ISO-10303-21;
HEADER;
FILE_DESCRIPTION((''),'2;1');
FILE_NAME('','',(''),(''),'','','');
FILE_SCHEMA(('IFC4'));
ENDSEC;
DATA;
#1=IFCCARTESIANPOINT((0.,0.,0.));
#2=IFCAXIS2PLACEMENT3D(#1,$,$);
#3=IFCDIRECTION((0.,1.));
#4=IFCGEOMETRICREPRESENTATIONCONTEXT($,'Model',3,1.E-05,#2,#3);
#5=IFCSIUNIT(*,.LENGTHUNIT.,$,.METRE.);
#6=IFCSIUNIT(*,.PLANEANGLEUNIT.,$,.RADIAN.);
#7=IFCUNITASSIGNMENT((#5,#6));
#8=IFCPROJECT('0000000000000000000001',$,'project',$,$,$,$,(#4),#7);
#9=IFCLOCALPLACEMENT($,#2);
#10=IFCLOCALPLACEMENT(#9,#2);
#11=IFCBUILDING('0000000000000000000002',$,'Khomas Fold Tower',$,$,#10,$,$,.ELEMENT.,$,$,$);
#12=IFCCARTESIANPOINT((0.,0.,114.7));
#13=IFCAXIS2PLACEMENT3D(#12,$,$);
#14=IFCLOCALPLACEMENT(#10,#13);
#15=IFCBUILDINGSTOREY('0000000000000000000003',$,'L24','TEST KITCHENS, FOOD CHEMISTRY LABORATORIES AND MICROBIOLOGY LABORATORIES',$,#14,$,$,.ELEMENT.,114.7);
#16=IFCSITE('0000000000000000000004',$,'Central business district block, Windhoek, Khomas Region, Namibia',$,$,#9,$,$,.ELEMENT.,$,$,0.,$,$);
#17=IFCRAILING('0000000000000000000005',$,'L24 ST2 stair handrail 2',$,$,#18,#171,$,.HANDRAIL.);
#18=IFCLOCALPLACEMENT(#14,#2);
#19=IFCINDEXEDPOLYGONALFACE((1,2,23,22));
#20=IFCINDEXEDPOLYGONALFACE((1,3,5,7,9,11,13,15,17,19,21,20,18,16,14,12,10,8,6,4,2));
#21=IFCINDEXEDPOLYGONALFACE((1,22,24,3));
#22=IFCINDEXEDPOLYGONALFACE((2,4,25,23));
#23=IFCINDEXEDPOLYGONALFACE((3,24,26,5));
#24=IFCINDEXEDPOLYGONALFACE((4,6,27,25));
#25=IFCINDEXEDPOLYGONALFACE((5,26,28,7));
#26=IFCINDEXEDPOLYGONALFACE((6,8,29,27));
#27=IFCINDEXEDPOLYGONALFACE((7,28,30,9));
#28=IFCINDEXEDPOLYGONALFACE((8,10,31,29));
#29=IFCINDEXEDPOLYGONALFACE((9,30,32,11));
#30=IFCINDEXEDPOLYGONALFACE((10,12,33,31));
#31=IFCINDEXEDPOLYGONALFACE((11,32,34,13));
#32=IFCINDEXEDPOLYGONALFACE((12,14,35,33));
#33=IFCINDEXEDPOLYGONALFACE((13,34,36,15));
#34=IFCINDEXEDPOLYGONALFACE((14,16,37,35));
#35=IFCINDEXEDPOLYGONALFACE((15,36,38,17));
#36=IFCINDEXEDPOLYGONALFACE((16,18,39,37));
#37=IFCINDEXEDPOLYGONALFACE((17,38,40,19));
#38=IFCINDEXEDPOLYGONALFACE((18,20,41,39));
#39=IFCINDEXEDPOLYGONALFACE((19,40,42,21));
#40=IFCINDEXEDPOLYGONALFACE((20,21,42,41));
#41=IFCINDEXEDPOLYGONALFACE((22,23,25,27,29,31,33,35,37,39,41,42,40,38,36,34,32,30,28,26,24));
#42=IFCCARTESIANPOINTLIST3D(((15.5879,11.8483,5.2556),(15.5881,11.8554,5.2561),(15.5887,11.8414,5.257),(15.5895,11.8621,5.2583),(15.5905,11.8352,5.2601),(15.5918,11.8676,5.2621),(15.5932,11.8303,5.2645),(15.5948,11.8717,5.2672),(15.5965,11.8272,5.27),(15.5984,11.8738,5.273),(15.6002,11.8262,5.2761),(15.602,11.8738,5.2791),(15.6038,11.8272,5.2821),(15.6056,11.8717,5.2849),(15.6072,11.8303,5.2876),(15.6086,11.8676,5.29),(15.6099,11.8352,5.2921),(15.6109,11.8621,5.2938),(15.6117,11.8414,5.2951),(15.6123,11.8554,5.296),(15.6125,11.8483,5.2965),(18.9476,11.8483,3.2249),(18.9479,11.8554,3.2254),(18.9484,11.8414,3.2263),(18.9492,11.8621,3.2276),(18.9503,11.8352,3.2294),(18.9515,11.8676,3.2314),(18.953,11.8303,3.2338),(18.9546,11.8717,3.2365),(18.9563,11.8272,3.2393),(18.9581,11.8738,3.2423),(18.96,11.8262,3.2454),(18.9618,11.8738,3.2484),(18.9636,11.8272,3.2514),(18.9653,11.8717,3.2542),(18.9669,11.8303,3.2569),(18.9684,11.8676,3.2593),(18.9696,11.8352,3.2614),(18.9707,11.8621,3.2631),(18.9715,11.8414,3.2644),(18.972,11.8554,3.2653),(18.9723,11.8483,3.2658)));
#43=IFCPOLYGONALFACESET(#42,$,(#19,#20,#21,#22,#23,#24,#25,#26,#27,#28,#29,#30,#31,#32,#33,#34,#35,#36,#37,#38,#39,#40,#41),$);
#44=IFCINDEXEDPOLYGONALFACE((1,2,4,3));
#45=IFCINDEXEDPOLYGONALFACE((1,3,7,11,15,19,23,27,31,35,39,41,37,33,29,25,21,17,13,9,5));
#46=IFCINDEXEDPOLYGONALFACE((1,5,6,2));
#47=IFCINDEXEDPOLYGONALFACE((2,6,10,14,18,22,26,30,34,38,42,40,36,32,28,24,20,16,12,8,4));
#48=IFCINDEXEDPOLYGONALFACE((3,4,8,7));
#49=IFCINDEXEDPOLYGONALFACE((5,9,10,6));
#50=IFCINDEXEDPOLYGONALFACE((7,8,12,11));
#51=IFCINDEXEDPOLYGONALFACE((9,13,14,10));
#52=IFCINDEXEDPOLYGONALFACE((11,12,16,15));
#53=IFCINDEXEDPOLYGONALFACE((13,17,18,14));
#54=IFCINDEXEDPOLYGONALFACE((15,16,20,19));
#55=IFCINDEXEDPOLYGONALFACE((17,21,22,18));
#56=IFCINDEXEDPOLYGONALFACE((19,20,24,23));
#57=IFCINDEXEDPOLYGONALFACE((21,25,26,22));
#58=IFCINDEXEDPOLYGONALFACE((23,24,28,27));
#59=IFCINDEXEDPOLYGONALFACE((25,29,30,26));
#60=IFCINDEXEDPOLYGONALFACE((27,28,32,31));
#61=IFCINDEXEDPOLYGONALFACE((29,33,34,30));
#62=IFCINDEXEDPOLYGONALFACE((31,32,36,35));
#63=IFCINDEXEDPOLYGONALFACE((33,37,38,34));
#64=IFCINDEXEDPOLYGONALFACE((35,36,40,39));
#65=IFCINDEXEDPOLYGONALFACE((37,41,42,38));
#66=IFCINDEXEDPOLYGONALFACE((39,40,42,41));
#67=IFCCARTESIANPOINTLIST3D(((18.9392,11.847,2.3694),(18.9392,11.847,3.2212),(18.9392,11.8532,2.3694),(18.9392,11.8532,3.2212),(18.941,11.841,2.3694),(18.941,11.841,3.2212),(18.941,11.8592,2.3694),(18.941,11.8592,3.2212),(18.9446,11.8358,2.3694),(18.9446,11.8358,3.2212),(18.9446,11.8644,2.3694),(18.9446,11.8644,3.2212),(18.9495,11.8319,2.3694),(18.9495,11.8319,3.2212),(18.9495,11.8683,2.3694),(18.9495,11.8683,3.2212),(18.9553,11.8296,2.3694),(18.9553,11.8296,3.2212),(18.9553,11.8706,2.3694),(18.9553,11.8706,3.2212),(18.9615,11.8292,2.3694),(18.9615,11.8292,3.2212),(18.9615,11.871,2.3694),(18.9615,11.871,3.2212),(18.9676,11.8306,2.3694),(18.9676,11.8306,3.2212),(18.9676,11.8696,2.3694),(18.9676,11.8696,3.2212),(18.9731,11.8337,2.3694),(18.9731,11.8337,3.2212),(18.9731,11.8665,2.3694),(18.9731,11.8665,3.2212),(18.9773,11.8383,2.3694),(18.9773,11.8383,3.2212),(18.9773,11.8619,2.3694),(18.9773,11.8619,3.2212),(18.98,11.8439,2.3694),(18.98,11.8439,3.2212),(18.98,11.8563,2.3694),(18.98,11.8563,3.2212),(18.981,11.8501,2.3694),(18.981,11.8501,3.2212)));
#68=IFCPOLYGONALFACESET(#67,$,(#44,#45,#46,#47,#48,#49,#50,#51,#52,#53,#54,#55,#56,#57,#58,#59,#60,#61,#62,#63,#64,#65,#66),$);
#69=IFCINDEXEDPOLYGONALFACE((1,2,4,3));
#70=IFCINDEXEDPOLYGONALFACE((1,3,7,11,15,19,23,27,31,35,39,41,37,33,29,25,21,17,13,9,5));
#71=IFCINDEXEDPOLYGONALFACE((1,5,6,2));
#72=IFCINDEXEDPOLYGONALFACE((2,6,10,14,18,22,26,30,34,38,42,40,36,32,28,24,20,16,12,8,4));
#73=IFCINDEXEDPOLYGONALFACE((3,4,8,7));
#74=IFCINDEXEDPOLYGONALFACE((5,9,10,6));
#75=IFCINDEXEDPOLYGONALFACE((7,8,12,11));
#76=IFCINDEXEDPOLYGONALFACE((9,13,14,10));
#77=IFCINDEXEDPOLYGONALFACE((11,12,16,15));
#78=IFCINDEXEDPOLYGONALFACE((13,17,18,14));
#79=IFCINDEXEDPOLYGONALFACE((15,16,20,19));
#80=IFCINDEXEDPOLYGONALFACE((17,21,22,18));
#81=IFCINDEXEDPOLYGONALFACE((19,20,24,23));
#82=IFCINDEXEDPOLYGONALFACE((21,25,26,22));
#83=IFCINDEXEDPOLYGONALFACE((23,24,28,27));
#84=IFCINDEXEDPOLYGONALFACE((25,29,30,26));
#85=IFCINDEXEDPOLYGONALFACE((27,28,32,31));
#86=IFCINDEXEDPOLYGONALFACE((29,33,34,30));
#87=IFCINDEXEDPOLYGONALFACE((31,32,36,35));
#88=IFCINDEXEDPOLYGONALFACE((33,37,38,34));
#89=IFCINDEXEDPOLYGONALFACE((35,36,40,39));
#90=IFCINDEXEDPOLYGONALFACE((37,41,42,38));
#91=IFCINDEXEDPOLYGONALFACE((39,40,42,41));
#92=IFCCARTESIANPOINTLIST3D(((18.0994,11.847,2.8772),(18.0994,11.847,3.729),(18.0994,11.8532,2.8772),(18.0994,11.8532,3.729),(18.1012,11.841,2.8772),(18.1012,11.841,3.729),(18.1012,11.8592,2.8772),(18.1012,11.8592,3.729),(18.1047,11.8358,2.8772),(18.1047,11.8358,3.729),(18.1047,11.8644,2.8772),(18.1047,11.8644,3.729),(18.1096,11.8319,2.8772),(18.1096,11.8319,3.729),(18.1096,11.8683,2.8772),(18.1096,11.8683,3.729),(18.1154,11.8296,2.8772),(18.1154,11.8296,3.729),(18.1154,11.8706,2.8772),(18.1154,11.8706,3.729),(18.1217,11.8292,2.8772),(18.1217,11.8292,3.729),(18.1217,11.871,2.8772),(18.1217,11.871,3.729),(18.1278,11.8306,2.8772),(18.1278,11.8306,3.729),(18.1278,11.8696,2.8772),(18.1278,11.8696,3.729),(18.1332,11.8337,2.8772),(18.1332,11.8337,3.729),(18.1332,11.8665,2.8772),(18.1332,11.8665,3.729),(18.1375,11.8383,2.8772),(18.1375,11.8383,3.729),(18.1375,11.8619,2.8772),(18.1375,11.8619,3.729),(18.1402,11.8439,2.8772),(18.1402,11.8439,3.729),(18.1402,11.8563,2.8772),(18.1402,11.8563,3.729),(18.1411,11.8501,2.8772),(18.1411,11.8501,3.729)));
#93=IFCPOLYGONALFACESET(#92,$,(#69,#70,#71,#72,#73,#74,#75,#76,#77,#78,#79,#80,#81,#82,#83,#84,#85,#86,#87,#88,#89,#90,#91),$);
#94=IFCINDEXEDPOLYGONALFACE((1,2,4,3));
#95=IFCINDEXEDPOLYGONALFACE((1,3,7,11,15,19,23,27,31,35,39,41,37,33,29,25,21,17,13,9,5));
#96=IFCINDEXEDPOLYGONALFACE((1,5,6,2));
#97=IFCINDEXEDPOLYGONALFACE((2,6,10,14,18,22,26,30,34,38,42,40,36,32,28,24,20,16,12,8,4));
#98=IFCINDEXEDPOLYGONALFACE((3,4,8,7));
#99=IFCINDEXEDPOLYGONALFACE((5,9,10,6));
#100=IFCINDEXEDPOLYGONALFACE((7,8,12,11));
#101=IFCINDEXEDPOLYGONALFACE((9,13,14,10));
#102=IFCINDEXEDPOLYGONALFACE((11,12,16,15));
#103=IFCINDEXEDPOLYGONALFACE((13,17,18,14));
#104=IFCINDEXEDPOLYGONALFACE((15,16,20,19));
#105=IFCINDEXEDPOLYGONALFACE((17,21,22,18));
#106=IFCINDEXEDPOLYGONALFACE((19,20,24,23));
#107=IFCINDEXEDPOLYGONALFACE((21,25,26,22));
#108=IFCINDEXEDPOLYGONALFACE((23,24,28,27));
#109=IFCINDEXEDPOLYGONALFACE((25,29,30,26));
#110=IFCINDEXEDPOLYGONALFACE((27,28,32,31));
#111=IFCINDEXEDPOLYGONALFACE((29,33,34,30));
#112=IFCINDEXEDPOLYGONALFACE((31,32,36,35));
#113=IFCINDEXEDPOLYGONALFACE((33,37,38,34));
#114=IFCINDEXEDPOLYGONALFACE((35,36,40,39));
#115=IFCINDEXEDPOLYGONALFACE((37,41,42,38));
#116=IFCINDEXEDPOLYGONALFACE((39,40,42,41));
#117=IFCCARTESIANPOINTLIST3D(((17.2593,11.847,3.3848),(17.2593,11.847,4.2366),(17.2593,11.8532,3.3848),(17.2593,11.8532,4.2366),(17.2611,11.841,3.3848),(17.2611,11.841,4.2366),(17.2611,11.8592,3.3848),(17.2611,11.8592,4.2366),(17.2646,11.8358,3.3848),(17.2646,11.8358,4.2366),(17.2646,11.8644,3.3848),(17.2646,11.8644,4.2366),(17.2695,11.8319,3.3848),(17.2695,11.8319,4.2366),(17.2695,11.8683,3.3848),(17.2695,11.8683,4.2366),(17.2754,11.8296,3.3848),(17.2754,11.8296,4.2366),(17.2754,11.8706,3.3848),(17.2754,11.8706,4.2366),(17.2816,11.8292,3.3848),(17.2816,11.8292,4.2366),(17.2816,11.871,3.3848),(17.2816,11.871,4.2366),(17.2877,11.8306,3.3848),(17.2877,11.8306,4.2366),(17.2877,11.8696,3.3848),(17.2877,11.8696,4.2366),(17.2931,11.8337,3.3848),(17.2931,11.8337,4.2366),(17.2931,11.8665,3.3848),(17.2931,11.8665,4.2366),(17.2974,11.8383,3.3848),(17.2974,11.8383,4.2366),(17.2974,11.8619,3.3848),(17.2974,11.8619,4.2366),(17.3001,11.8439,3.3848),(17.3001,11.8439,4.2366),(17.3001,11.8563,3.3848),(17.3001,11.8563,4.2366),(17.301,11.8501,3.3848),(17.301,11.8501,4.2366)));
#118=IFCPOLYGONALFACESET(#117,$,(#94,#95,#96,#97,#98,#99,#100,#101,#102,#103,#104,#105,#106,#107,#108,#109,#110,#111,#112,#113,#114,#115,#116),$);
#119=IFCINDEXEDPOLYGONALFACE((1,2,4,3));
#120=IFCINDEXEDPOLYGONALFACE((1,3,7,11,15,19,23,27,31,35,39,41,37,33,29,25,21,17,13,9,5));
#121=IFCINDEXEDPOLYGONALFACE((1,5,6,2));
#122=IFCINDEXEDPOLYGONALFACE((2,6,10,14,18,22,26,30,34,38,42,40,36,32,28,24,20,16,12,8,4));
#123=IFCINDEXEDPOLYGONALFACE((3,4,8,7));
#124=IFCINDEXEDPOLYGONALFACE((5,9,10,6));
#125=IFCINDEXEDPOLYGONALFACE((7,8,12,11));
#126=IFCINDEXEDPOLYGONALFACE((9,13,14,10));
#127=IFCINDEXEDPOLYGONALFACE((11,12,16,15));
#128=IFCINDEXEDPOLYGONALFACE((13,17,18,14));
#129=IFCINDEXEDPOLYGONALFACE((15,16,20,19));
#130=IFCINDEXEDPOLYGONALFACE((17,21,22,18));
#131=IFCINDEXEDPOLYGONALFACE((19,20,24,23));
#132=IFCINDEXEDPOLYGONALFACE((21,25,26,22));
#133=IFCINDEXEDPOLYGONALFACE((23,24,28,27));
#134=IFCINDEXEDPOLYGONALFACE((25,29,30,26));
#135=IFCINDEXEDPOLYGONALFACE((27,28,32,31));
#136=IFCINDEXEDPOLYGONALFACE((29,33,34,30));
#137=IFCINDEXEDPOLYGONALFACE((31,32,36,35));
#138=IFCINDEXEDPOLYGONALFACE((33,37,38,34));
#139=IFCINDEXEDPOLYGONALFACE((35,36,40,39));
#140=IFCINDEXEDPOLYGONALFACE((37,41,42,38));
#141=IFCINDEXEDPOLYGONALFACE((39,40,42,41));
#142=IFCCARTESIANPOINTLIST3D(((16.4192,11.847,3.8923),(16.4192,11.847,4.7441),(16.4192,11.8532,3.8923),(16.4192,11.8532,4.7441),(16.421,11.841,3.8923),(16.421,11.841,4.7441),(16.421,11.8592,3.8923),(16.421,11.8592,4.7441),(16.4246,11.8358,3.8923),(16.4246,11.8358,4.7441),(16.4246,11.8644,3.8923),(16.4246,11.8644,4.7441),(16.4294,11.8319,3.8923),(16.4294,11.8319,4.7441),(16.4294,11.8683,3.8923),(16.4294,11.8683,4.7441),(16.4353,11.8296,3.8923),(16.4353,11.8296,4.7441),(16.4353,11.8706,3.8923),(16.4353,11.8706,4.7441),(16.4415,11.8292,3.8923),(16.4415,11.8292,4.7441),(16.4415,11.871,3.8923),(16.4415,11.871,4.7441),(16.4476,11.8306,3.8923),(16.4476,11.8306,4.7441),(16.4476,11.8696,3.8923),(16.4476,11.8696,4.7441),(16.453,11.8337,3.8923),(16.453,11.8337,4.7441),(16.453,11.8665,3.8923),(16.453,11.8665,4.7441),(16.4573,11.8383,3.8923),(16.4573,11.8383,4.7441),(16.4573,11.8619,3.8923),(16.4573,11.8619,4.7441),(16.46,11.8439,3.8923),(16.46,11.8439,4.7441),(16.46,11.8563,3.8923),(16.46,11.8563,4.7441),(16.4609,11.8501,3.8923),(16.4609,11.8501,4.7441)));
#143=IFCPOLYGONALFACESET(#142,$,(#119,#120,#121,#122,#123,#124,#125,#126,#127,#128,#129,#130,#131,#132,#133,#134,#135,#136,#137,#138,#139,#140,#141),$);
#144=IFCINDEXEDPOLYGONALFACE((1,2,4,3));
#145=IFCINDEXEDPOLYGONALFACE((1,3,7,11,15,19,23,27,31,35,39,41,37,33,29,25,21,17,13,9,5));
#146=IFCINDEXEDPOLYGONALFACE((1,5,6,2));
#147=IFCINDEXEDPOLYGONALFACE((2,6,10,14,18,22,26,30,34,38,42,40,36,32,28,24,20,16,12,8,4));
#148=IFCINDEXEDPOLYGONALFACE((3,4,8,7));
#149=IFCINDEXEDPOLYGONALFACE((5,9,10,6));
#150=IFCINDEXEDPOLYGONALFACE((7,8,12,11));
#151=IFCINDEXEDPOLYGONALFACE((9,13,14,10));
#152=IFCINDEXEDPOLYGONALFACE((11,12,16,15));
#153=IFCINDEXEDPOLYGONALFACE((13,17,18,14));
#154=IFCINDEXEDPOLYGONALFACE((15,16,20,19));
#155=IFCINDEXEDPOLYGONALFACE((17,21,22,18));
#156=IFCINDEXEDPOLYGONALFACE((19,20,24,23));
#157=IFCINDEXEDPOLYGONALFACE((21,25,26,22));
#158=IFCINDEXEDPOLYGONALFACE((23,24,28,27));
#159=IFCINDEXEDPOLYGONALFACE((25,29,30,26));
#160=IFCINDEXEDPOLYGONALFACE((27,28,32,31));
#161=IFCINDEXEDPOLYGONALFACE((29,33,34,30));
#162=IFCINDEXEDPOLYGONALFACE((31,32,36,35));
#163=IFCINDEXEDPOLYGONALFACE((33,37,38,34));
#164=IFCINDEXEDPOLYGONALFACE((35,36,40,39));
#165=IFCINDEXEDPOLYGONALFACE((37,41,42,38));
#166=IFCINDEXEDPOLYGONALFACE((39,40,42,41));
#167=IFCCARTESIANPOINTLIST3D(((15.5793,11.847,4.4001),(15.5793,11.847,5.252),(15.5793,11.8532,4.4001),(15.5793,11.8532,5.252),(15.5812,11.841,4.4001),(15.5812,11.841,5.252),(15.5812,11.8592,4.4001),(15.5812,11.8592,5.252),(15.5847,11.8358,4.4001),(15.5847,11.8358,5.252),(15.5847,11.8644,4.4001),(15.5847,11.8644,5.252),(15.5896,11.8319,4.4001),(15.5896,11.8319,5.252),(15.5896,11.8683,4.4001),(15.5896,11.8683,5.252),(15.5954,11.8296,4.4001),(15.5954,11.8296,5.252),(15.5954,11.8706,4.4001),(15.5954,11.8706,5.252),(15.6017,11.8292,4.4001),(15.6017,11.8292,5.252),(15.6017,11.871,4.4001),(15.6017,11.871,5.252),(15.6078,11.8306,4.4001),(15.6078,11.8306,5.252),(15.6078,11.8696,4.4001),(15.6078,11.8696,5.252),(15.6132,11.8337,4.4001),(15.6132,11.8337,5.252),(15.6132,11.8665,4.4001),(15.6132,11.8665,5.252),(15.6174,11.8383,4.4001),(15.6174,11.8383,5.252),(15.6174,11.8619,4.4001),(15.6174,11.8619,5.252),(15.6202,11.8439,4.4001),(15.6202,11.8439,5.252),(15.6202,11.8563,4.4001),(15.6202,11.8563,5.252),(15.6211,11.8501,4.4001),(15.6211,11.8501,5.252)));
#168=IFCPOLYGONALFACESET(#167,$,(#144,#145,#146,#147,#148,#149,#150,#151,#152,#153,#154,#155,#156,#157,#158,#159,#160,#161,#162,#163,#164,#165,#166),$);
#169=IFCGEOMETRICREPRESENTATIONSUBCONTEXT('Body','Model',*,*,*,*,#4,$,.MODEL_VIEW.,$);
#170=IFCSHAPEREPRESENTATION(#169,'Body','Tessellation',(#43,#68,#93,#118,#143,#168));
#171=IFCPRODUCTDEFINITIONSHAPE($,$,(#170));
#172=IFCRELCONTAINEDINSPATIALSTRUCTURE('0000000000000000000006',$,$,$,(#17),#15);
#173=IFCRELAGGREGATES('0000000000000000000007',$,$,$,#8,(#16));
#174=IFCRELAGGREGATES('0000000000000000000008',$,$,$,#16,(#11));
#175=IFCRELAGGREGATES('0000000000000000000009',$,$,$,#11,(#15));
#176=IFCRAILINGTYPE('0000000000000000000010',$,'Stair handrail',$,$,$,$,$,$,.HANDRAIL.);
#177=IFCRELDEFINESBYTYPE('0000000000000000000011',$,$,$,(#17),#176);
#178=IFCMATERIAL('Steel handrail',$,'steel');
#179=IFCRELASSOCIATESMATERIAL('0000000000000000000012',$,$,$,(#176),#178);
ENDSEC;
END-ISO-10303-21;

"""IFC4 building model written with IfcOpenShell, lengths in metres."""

from ifc_helpers import new_model, si_unit, direction, frame, origin, origin_2d, place, context, subcontext, project, spatial, circle, extrude, source, transform, mapped, material, type_object, element, save


model = new_model("IFC4")

# Units and contexts
model_context = context("Model", 3, precision=1e-05, world=origin(), true_north=direction((0.0, 1.0)))
body_context = subcontext(model_context, "Body", "Model", "MODEL_VIEW")
ifc_project = project(units=[si_unit("LENGTHUNIT", "METRE"), si_unit("PLANEANGLEUNIT", "RADIAN")], contexts=[model_context])

# Site, building, storey
site_placement = place(None, origin())
site = spatial("IfcSite", under=ifc_project, at=site_placement, Name="Central business district block, Windhoek, Khomas Region, Namibia", CompositionType="ELEMENT", RefElevation=0.0)
building_placement = place(site_placement, origin())
building = spatial("IfcBuilding", under=site, at=building_placement, Name="Khomas Fold Tower", CompositionType="ELEMENT")
storey_placement = place(building_placement, frame((0.0, 0.0, 114.7)))
storey = spatial("IfcBuildingStorey", under=building, at=storey_placement, Name="L24", Description="TEST KITCHENS, FOOD CHEMISTRY LABORATORIES AND MICROBIOLOGY LABORATORIES", CompositionType="ELEMENT", Elevation=114.7)

# Railing
ifc_material_1 = material(Name="Steel handrail", Category="steel")
railing_type_1 = type_object("IfcRailingType", Name="Stair handrail", PredefinedType="HANDRAIL", material=ifc_material_1)
shared_shape_1 = source(origin(), body_context, "Body", "SweptSolid", [
    extrude(circle(Radius=0.0239, at=origin_2d()), frame((0.0, 0.0, 0.876), z_axis=(-0.85582, 0.0, 0.517273), x_axis=(0.0, -1.0, 0.0)), (0.0, 0.0, 1.0), 3.9258),
    extrude(circle(Radius=0.021, at=origin_2d()), origin(), (0.0, 0.0, 1.0), 0.8518),
    extrude(circle(Radius=0.021, at=origin_2d()), frame((-0.8398, 0.0, 0.5078)), (0.0, 0.0, 1.0), 0.8518),
    extrude(circle(Radius=0.021, at=origin_2d()), frame((-1.6799, 0.0, 1.0154)), (0.0, 0.0, 1.0), 0.8518),
    extrude(circle(Radius=0.021, at=origin_2d()), frame((-2.52, 0.0, 1.5229)), (0.0, 0.0, 1.0), 0.8518),
    extrude(circle(Radius=0.021, at=origin_2d()), frame((-3.3599, 0.0, 2.0308)), (0.0, 0.0, 1.0), 0.8518),
])
railing_1_placement = place(storey_placement, frame((18.96, 11.8501, 2.3694)))
element("IfcRailing", 1, at=railing_1_placement, inside=storey, type_object=railing_type_1, Name="L24 ST2 stair handrail 2", PredefinedType="HANDRAIL", context=body_context, shape_type="MappedRepresentation", body=[
    mapped(shared_shape_1, transform((0.0, 0.0, 0.0))),
])

save(model, "model.ifc")
